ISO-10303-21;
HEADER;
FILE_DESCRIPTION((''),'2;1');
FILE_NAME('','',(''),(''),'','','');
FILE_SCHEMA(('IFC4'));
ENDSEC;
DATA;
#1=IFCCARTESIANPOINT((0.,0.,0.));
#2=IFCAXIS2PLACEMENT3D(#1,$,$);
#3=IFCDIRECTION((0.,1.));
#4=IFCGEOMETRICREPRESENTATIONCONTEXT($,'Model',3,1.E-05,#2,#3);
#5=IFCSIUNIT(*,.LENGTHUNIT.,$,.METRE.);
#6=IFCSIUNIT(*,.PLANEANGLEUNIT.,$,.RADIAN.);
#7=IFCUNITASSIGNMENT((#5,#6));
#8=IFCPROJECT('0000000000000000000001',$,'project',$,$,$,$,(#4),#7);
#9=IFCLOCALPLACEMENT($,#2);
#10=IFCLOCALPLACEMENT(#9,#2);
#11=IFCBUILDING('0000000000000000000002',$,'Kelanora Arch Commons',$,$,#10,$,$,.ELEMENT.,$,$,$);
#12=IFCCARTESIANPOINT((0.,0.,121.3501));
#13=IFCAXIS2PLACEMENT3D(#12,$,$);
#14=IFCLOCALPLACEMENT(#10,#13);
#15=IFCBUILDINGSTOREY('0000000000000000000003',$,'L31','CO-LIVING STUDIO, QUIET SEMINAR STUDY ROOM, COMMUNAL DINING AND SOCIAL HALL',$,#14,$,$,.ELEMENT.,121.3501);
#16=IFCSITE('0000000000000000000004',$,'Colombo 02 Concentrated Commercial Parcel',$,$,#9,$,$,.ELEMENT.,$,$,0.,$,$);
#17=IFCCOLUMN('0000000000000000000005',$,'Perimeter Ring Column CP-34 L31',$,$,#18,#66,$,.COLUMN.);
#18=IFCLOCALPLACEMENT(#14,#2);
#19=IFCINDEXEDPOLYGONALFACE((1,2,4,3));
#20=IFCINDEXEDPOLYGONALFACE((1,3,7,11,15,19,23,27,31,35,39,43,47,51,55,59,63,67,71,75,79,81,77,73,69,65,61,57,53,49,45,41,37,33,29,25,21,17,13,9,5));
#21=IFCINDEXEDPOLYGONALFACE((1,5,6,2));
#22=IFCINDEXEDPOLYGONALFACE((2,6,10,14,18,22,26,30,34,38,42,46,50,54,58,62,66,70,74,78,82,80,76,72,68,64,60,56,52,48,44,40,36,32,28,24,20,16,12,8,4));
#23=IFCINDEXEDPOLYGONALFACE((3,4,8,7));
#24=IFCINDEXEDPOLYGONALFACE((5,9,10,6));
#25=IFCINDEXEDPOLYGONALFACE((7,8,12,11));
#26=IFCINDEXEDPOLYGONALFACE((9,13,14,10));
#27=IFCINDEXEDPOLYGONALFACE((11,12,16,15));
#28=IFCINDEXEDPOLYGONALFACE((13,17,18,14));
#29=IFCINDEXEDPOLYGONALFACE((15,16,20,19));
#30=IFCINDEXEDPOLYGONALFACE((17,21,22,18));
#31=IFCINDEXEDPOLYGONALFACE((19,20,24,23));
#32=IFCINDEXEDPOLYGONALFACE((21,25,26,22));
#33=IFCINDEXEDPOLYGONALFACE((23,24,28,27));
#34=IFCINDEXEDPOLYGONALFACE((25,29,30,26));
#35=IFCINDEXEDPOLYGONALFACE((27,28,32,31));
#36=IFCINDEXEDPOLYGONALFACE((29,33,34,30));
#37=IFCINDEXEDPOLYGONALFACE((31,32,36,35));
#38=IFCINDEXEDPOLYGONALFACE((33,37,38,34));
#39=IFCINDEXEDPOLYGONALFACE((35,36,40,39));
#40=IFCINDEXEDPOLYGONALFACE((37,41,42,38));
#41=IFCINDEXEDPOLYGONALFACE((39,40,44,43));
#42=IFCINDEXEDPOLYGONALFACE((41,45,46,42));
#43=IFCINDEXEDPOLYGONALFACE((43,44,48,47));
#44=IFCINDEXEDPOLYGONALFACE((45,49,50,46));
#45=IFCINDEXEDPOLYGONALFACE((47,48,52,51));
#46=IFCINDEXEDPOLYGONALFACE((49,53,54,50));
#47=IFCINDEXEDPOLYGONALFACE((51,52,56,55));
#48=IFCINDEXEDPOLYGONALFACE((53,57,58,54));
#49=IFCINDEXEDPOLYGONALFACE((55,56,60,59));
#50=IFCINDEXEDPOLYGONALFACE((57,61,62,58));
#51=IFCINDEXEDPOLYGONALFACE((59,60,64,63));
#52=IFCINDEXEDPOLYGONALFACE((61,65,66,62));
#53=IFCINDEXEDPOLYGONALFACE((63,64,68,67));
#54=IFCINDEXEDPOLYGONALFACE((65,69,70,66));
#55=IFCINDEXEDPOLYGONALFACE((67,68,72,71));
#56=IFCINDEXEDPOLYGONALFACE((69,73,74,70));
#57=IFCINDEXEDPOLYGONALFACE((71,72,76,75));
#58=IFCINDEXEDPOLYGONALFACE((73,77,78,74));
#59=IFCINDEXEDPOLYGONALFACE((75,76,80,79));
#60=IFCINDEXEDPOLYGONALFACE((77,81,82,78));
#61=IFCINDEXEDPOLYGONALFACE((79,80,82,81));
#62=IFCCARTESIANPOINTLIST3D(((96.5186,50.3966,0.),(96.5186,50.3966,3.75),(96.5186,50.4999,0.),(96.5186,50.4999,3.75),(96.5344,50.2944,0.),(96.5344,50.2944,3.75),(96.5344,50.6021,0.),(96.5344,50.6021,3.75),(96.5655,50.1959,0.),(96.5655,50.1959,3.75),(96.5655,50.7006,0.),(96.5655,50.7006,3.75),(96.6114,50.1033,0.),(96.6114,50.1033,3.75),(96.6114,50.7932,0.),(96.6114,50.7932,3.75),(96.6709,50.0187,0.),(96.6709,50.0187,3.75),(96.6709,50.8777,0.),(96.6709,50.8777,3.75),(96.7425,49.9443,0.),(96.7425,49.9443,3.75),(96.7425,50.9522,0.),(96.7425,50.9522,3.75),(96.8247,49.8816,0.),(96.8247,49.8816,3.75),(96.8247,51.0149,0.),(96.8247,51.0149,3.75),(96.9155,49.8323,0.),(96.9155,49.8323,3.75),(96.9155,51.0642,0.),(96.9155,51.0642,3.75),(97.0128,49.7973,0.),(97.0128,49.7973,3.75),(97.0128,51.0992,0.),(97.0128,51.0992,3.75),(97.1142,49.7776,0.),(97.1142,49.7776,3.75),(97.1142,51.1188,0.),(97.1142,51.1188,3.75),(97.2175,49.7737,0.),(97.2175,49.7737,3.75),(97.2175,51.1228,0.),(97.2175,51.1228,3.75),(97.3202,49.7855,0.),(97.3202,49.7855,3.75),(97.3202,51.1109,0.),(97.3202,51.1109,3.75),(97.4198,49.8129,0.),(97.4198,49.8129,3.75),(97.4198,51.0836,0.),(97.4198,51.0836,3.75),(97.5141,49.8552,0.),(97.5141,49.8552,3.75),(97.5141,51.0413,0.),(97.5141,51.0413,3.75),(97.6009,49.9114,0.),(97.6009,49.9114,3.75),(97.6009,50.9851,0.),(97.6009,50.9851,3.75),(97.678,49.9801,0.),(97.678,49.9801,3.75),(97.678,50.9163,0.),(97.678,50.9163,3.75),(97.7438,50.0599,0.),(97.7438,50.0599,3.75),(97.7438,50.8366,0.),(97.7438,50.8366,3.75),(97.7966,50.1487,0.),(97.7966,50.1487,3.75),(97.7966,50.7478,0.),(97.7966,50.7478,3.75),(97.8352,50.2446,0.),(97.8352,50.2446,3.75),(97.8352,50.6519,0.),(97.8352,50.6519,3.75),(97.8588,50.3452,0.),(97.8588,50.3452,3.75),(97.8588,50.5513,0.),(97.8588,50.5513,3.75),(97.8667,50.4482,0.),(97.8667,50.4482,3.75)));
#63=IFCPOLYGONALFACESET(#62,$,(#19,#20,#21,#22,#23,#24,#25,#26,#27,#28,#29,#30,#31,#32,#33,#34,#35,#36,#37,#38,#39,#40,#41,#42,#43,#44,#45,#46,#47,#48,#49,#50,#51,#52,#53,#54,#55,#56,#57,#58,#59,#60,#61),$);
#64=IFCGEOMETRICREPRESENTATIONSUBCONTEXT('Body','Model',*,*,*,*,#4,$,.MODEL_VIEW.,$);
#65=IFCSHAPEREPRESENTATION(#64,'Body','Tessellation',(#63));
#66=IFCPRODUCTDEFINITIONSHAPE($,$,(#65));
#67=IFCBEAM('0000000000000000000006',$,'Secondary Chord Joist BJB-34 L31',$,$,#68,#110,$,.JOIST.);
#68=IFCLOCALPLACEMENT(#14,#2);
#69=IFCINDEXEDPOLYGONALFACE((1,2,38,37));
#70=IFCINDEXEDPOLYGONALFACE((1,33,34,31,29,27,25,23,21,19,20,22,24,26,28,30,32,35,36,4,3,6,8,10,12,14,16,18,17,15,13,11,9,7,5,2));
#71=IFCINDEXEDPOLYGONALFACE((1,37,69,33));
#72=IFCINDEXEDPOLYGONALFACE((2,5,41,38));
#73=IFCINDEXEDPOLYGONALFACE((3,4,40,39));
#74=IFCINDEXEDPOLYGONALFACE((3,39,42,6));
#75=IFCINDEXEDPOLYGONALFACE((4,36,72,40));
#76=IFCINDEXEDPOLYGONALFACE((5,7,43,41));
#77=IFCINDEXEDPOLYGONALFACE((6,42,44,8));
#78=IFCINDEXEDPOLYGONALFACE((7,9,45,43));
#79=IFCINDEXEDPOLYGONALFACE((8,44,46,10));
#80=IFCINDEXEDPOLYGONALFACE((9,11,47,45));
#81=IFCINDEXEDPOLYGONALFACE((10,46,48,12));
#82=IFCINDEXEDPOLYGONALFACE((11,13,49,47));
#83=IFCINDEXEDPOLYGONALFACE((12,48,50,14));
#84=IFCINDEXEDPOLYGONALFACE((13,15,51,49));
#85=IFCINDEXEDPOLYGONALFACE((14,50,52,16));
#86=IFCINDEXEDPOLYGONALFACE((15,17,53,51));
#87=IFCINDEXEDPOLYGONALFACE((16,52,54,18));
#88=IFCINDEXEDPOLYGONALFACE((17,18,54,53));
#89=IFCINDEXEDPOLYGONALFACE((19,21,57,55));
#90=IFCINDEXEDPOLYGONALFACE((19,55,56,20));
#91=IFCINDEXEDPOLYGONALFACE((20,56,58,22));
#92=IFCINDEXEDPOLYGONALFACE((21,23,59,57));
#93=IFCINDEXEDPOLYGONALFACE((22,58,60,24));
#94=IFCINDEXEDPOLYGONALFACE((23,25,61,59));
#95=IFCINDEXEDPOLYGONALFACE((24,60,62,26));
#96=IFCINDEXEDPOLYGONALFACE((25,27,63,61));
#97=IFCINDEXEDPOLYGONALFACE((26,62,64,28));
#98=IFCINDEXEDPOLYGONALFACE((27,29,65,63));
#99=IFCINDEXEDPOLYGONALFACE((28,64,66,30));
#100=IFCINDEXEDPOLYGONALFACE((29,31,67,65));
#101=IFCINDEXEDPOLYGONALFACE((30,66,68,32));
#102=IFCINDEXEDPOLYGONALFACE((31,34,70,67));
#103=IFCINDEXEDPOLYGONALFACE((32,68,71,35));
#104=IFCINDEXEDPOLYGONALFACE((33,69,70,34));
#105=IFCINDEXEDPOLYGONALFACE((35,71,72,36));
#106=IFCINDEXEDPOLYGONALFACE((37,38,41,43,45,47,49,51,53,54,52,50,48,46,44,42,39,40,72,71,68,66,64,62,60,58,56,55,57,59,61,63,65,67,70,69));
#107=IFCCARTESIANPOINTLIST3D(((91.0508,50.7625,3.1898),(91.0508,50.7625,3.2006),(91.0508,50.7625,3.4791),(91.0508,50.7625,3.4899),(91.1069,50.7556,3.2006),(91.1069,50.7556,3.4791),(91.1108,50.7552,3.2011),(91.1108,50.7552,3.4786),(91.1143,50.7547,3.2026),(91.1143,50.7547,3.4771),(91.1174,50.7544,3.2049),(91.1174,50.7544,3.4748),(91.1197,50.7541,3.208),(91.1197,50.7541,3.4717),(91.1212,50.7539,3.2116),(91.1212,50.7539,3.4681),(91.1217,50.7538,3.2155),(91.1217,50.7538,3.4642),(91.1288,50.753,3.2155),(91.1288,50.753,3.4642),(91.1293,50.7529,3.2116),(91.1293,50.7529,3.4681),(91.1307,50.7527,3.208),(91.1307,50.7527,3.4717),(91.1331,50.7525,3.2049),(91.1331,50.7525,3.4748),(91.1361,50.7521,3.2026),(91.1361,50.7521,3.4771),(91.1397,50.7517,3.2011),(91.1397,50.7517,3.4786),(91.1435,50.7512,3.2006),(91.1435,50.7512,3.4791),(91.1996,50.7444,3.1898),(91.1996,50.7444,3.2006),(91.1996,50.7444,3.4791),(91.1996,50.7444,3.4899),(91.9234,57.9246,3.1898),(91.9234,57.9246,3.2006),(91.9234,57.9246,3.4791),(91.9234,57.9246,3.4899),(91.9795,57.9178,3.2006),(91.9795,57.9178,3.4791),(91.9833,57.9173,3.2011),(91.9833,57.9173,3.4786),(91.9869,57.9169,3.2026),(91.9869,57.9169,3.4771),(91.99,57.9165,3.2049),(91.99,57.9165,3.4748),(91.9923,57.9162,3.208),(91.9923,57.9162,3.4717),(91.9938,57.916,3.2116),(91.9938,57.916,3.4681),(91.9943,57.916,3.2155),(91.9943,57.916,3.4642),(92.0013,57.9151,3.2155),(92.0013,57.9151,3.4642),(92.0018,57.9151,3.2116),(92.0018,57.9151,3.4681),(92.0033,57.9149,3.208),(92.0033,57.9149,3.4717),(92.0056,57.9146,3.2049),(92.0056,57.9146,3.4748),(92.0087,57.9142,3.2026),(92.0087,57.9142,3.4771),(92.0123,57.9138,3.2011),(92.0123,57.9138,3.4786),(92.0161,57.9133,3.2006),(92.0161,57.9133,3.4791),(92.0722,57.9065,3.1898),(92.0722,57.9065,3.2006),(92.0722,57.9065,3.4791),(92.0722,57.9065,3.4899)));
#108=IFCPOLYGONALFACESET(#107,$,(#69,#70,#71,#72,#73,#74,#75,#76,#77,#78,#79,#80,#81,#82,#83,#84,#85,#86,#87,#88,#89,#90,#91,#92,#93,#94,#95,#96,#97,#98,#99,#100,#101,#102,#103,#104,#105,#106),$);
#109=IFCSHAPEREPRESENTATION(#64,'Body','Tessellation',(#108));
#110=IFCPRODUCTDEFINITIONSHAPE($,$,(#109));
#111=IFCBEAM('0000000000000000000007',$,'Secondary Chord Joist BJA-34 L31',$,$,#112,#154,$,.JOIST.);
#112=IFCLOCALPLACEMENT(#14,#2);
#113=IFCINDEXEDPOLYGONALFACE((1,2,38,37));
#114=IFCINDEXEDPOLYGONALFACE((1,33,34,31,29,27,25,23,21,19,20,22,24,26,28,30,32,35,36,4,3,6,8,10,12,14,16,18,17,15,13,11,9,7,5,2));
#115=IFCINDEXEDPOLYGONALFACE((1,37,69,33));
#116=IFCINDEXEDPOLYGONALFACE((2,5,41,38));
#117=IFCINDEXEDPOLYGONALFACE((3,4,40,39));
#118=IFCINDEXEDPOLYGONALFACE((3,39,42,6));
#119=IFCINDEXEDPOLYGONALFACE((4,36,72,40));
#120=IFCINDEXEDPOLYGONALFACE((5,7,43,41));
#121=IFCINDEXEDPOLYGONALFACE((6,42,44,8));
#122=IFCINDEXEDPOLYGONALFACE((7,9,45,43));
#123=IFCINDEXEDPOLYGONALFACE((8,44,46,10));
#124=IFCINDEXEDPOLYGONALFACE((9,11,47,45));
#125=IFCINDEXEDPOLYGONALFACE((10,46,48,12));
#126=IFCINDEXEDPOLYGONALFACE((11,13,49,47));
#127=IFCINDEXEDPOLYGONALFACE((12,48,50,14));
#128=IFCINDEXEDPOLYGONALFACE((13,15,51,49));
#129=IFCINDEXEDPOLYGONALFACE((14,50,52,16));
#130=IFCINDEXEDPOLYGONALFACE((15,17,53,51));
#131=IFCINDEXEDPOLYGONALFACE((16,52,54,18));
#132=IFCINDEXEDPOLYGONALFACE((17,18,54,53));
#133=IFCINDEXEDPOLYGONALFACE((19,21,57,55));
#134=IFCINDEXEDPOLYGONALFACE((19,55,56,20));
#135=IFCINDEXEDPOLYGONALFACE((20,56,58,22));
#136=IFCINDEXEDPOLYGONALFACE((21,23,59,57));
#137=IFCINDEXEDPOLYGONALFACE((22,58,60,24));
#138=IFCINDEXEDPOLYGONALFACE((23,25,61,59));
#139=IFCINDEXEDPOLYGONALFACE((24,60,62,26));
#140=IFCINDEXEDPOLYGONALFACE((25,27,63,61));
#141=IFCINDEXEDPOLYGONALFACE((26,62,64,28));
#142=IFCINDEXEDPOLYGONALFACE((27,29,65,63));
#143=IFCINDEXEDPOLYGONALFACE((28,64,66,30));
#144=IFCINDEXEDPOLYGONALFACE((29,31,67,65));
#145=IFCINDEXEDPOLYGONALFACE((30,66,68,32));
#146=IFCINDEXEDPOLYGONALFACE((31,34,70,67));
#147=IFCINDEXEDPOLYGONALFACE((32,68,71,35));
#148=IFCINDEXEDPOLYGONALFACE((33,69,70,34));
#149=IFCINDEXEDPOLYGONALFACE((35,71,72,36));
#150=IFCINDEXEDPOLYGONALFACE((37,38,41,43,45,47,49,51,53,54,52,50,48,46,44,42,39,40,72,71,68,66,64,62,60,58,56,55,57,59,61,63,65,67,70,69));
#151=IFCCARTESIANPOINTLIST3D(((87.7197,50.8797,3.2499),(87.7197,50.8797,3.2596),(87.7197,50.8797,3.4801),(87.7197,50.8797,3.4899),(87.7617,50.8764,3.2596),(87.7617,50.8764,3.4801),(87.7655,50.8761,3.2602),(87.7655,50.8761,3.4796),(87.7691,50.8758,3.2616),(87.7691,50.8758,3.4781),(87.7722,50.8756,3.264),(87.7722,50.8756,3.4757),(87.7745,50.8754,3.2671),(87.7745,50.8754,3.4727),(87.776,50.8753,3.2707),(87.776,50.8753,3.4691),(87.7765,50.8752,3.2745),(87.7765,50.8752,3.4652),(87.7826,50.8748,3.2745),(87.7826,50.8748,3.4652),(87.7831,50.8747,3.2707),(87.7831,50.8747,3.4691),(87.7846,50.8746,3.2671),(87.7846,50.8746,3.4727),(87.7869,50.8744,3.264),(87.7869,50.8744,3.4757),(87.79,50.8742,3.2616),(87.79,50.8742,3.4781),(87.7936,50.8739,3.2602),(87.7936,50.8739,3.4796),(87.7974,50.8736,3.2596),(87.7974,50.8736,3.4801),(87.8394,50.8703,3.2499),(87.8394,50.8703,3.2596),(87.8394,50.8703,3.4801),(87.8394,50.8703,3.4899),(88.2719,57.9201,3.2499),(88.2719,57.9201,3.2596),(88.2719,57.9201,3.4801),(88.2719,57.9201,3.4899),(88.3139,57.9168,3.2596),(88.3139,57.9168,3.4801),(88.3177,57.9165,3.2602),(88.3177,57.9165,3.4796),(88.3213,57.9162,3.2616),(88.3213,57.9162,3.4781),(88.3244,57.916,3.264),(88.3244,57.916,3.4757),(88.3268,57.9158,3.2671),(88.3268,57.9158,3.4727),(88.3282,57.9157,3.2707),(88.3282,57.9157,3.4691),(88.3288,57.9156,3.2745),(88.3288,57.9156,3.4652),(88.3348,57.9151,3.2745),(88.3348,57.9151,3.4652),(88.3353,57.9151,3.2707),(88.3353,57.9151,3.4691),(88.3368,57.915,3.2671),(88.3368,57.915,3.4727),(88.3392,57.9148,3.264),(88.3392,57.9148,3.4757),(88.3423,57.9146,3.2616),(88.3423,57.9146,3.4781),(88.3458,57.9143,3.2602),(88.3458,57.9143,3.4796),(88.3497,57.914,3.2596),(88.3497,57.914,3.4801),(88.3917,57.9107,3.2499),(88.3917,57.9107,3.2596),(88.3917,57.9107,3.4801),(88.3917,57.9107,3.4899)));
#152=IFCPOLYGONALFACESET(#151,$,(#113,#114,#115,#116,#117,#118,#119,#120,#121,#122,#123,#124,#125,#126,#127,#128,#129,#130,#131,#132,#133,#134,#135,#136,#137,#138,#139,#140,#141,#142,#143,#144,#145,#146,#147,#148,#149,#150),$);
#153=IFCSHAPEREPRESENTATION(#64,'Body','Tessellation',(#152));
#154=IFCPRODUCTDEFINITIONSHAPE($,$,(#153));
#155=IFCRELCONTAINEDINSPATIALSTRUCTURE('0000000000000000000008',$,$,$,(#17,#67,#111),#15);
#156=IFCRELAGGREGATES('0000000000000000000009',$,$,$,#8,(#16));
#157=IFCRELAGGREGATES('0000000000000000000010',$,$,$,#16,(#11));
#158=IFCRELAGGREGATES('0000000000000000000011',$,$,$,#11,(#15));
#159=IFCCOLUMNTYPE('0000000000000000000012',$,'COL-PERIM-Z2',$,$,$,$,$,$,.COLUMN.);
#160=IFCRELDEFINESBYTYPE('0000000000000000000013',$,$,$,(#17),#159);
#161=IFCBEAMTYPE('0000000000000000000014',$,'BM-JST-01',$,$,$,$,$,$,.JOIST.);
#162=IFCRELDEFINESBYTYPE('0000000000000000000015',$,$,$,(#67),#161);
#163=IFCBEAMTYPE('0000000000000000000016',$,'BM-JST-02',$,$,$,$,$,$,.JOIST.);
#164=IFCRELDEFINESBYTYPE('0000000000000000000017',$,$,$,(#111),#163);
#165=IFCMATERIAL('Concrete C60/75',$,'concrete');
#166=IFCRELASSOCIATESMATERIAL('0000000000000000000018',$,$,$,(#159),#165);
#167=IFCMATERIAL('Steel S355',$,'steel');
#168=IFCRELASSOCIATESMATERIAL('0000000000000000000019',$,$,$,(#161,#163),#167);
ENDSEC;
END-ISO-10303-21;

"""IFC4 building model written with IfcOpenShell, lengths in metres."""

from ifc_helpers import new_model, si_unit, direction, frame, origin, origin_2d, place, context, subcontext, project, spatial, circle, i_section, extrude, material, material_profile, profile_set, type_object, element, save


model = new_model("IFC4")

# Units and contexts
model_context = context("Model", 3, precision=1e-05, world=origin(), true_north=direction((0.0, 1.0)))
body_context = subcontext(model_context, "Body", "Model", "MODEL_VIEW")
ifc_project = project(units=[si_unit("LENGTHUNIT", "METRE"), si_unit("PLANEANGLEUNIT", "RADIAN")], contexts=[model_context])

# Site, building, storey
site_placement = place(None, origin())
site = spatial("IfcSite", under=ifc_project, at=site_placement, Name="Colombo 02 Concentrated Commercial Parcel", CompositionType="ELEMENT", RefElevation=0.0)
building_placement = place(site_placement, origin())
building = spatial("IfcBuilding", under=site, at=building_placement, Name="Kelanora Arch Commons", CompositionType="ELEMENT")
storey_placement = place(building_placement, frame((0.0, 0.0, 121.3501)))
storey = spatial("IfcBuildingStorey", under=building, at=storey_placement, Name="L31", Description="CO-LIVING STUDIO, QUIET SEMINAR STUDY ROOM, COMMUNAL DINING AND SOCIAL HALL", CompositionType="ELEMENT", Elevation=121.3501)

# Column
ifc_material_1 = material(Name="Concrete C60/75", Category="concrete")
ifc_material_profile_1 = material_profile(ifc_material_1, circle(Radius=0.675, at=origin_2d()), Name="RCC1350")
ifc_profile_set_1 = profile_set([ifc_material_profile_1], Name="Concrete C60/75")
column_type = type_object("IfcColumnType", Name="COL-PERIM-Z2", PredefinedType="COLUMN", material=ifc_profile_set_1)
column_placement = place(storey_placement, frame((97.1917, 50.4482, 0.0), z_axis=(0.0, 0.0, 1.0), x_axis=(1.0, 0.0, 0.0)))
element("IfcColumn", 1, at=column_placement, inside=storey, type_object=column_type, Name="Perimeter Ring Column CP-34 L31", PredefinedType="COLUMN", context=body_context, shape_type="SweptSolid", body=[
    extrude(circle(Radius=0.675, at=origin_2d()), origin(), (0.0, 0.0, 1.0), 3.75),
])

# Beams
ifc_material_2 = material(Name="Steel S355", Category="steel")
ifc_material_profile_2 = material_profile(ifc_material_2, i_section(OverallWidth=0.1499, OverallDepth=0.3, WebThickness=0.0071, FlangeThickness=0.0107, FilletRadius=0.0149, at=origin_2d()), Name="IPE300")
ifc_profile_set_2 = profile_set([ifc_material_profile_2], Name="Steel S355")
beam_type_1 = type_object("IfcBeamType", Name="BM-JST-01", PredefinedType="JOIST", material=ifc_profile_set_2)
beam_1_placement = place(storey_placement, frame((91.1252, 50.7534, 3.3398), z_axis=(0.120936, 0.99266, 0.0), x_axis=(-0.99266, 0.120936, 0.0)))
element("IfcBeam", 2, at=beam_1_placement, inside=storey, type_object=beam_type_1, Name="Secondary Chord Joist BJB-34 L31", PredefinedType="JOIST", context=body_context, shape_type="SweptSolid", body=[
    extrude(i_section(OverallWidth=0.1499, OverallDepth=0.3, WebThickness=0.0071, FlangeThickness=0.0107, FilletRadius=0.0149, at=origin_2d()), origin(), (0.0, 0.0, 1.0), 7.2151),
])
ifc_material_profile_3 = material_profile(ifc_material_2, i_section(OverallWidth=0.1201, OverallDepth=0.24, WebThickness=0.0061, FlangeThickness=0.0098, FilletRadius=0.0149, at=origin_2d()), Name="IPE240")
ifc_profile_set_3 = profile_set([ifc_material_profile_3], Name="Steel S355")
beam_type_2 = type_object("IfcBeamType", Name="BM-JST-02", PredefinedType="JOIST", material=ifc_profile_set_3)
beam_2_placement = place(storey_placement, frame((87.7795, 50.875, 3.3699), z_axis=(0.078201, 0.996938, 0.0), x_axis=(-0.996938, 0.078201, 0.0)))
element("IfcBeam", 3, at=beam_2_placement, inside=storey, type_object=beam_type_2, Name="Secondary Chord Joist BJA-34 L31", PredefinedType="JOIST", context=body_context, shape_type="SweptSolid", body=[
    extrude(i_section(OverallWidth=0.1201, OverallDepth=0.24, WebThickness=0.0061, FlangeThickness=0.0098, FilletRadius=0.0149, at=origin_2d()), origin(), (0.0, 0.0, 1.0), 7.062),
])

save(model, "model.ifc")
